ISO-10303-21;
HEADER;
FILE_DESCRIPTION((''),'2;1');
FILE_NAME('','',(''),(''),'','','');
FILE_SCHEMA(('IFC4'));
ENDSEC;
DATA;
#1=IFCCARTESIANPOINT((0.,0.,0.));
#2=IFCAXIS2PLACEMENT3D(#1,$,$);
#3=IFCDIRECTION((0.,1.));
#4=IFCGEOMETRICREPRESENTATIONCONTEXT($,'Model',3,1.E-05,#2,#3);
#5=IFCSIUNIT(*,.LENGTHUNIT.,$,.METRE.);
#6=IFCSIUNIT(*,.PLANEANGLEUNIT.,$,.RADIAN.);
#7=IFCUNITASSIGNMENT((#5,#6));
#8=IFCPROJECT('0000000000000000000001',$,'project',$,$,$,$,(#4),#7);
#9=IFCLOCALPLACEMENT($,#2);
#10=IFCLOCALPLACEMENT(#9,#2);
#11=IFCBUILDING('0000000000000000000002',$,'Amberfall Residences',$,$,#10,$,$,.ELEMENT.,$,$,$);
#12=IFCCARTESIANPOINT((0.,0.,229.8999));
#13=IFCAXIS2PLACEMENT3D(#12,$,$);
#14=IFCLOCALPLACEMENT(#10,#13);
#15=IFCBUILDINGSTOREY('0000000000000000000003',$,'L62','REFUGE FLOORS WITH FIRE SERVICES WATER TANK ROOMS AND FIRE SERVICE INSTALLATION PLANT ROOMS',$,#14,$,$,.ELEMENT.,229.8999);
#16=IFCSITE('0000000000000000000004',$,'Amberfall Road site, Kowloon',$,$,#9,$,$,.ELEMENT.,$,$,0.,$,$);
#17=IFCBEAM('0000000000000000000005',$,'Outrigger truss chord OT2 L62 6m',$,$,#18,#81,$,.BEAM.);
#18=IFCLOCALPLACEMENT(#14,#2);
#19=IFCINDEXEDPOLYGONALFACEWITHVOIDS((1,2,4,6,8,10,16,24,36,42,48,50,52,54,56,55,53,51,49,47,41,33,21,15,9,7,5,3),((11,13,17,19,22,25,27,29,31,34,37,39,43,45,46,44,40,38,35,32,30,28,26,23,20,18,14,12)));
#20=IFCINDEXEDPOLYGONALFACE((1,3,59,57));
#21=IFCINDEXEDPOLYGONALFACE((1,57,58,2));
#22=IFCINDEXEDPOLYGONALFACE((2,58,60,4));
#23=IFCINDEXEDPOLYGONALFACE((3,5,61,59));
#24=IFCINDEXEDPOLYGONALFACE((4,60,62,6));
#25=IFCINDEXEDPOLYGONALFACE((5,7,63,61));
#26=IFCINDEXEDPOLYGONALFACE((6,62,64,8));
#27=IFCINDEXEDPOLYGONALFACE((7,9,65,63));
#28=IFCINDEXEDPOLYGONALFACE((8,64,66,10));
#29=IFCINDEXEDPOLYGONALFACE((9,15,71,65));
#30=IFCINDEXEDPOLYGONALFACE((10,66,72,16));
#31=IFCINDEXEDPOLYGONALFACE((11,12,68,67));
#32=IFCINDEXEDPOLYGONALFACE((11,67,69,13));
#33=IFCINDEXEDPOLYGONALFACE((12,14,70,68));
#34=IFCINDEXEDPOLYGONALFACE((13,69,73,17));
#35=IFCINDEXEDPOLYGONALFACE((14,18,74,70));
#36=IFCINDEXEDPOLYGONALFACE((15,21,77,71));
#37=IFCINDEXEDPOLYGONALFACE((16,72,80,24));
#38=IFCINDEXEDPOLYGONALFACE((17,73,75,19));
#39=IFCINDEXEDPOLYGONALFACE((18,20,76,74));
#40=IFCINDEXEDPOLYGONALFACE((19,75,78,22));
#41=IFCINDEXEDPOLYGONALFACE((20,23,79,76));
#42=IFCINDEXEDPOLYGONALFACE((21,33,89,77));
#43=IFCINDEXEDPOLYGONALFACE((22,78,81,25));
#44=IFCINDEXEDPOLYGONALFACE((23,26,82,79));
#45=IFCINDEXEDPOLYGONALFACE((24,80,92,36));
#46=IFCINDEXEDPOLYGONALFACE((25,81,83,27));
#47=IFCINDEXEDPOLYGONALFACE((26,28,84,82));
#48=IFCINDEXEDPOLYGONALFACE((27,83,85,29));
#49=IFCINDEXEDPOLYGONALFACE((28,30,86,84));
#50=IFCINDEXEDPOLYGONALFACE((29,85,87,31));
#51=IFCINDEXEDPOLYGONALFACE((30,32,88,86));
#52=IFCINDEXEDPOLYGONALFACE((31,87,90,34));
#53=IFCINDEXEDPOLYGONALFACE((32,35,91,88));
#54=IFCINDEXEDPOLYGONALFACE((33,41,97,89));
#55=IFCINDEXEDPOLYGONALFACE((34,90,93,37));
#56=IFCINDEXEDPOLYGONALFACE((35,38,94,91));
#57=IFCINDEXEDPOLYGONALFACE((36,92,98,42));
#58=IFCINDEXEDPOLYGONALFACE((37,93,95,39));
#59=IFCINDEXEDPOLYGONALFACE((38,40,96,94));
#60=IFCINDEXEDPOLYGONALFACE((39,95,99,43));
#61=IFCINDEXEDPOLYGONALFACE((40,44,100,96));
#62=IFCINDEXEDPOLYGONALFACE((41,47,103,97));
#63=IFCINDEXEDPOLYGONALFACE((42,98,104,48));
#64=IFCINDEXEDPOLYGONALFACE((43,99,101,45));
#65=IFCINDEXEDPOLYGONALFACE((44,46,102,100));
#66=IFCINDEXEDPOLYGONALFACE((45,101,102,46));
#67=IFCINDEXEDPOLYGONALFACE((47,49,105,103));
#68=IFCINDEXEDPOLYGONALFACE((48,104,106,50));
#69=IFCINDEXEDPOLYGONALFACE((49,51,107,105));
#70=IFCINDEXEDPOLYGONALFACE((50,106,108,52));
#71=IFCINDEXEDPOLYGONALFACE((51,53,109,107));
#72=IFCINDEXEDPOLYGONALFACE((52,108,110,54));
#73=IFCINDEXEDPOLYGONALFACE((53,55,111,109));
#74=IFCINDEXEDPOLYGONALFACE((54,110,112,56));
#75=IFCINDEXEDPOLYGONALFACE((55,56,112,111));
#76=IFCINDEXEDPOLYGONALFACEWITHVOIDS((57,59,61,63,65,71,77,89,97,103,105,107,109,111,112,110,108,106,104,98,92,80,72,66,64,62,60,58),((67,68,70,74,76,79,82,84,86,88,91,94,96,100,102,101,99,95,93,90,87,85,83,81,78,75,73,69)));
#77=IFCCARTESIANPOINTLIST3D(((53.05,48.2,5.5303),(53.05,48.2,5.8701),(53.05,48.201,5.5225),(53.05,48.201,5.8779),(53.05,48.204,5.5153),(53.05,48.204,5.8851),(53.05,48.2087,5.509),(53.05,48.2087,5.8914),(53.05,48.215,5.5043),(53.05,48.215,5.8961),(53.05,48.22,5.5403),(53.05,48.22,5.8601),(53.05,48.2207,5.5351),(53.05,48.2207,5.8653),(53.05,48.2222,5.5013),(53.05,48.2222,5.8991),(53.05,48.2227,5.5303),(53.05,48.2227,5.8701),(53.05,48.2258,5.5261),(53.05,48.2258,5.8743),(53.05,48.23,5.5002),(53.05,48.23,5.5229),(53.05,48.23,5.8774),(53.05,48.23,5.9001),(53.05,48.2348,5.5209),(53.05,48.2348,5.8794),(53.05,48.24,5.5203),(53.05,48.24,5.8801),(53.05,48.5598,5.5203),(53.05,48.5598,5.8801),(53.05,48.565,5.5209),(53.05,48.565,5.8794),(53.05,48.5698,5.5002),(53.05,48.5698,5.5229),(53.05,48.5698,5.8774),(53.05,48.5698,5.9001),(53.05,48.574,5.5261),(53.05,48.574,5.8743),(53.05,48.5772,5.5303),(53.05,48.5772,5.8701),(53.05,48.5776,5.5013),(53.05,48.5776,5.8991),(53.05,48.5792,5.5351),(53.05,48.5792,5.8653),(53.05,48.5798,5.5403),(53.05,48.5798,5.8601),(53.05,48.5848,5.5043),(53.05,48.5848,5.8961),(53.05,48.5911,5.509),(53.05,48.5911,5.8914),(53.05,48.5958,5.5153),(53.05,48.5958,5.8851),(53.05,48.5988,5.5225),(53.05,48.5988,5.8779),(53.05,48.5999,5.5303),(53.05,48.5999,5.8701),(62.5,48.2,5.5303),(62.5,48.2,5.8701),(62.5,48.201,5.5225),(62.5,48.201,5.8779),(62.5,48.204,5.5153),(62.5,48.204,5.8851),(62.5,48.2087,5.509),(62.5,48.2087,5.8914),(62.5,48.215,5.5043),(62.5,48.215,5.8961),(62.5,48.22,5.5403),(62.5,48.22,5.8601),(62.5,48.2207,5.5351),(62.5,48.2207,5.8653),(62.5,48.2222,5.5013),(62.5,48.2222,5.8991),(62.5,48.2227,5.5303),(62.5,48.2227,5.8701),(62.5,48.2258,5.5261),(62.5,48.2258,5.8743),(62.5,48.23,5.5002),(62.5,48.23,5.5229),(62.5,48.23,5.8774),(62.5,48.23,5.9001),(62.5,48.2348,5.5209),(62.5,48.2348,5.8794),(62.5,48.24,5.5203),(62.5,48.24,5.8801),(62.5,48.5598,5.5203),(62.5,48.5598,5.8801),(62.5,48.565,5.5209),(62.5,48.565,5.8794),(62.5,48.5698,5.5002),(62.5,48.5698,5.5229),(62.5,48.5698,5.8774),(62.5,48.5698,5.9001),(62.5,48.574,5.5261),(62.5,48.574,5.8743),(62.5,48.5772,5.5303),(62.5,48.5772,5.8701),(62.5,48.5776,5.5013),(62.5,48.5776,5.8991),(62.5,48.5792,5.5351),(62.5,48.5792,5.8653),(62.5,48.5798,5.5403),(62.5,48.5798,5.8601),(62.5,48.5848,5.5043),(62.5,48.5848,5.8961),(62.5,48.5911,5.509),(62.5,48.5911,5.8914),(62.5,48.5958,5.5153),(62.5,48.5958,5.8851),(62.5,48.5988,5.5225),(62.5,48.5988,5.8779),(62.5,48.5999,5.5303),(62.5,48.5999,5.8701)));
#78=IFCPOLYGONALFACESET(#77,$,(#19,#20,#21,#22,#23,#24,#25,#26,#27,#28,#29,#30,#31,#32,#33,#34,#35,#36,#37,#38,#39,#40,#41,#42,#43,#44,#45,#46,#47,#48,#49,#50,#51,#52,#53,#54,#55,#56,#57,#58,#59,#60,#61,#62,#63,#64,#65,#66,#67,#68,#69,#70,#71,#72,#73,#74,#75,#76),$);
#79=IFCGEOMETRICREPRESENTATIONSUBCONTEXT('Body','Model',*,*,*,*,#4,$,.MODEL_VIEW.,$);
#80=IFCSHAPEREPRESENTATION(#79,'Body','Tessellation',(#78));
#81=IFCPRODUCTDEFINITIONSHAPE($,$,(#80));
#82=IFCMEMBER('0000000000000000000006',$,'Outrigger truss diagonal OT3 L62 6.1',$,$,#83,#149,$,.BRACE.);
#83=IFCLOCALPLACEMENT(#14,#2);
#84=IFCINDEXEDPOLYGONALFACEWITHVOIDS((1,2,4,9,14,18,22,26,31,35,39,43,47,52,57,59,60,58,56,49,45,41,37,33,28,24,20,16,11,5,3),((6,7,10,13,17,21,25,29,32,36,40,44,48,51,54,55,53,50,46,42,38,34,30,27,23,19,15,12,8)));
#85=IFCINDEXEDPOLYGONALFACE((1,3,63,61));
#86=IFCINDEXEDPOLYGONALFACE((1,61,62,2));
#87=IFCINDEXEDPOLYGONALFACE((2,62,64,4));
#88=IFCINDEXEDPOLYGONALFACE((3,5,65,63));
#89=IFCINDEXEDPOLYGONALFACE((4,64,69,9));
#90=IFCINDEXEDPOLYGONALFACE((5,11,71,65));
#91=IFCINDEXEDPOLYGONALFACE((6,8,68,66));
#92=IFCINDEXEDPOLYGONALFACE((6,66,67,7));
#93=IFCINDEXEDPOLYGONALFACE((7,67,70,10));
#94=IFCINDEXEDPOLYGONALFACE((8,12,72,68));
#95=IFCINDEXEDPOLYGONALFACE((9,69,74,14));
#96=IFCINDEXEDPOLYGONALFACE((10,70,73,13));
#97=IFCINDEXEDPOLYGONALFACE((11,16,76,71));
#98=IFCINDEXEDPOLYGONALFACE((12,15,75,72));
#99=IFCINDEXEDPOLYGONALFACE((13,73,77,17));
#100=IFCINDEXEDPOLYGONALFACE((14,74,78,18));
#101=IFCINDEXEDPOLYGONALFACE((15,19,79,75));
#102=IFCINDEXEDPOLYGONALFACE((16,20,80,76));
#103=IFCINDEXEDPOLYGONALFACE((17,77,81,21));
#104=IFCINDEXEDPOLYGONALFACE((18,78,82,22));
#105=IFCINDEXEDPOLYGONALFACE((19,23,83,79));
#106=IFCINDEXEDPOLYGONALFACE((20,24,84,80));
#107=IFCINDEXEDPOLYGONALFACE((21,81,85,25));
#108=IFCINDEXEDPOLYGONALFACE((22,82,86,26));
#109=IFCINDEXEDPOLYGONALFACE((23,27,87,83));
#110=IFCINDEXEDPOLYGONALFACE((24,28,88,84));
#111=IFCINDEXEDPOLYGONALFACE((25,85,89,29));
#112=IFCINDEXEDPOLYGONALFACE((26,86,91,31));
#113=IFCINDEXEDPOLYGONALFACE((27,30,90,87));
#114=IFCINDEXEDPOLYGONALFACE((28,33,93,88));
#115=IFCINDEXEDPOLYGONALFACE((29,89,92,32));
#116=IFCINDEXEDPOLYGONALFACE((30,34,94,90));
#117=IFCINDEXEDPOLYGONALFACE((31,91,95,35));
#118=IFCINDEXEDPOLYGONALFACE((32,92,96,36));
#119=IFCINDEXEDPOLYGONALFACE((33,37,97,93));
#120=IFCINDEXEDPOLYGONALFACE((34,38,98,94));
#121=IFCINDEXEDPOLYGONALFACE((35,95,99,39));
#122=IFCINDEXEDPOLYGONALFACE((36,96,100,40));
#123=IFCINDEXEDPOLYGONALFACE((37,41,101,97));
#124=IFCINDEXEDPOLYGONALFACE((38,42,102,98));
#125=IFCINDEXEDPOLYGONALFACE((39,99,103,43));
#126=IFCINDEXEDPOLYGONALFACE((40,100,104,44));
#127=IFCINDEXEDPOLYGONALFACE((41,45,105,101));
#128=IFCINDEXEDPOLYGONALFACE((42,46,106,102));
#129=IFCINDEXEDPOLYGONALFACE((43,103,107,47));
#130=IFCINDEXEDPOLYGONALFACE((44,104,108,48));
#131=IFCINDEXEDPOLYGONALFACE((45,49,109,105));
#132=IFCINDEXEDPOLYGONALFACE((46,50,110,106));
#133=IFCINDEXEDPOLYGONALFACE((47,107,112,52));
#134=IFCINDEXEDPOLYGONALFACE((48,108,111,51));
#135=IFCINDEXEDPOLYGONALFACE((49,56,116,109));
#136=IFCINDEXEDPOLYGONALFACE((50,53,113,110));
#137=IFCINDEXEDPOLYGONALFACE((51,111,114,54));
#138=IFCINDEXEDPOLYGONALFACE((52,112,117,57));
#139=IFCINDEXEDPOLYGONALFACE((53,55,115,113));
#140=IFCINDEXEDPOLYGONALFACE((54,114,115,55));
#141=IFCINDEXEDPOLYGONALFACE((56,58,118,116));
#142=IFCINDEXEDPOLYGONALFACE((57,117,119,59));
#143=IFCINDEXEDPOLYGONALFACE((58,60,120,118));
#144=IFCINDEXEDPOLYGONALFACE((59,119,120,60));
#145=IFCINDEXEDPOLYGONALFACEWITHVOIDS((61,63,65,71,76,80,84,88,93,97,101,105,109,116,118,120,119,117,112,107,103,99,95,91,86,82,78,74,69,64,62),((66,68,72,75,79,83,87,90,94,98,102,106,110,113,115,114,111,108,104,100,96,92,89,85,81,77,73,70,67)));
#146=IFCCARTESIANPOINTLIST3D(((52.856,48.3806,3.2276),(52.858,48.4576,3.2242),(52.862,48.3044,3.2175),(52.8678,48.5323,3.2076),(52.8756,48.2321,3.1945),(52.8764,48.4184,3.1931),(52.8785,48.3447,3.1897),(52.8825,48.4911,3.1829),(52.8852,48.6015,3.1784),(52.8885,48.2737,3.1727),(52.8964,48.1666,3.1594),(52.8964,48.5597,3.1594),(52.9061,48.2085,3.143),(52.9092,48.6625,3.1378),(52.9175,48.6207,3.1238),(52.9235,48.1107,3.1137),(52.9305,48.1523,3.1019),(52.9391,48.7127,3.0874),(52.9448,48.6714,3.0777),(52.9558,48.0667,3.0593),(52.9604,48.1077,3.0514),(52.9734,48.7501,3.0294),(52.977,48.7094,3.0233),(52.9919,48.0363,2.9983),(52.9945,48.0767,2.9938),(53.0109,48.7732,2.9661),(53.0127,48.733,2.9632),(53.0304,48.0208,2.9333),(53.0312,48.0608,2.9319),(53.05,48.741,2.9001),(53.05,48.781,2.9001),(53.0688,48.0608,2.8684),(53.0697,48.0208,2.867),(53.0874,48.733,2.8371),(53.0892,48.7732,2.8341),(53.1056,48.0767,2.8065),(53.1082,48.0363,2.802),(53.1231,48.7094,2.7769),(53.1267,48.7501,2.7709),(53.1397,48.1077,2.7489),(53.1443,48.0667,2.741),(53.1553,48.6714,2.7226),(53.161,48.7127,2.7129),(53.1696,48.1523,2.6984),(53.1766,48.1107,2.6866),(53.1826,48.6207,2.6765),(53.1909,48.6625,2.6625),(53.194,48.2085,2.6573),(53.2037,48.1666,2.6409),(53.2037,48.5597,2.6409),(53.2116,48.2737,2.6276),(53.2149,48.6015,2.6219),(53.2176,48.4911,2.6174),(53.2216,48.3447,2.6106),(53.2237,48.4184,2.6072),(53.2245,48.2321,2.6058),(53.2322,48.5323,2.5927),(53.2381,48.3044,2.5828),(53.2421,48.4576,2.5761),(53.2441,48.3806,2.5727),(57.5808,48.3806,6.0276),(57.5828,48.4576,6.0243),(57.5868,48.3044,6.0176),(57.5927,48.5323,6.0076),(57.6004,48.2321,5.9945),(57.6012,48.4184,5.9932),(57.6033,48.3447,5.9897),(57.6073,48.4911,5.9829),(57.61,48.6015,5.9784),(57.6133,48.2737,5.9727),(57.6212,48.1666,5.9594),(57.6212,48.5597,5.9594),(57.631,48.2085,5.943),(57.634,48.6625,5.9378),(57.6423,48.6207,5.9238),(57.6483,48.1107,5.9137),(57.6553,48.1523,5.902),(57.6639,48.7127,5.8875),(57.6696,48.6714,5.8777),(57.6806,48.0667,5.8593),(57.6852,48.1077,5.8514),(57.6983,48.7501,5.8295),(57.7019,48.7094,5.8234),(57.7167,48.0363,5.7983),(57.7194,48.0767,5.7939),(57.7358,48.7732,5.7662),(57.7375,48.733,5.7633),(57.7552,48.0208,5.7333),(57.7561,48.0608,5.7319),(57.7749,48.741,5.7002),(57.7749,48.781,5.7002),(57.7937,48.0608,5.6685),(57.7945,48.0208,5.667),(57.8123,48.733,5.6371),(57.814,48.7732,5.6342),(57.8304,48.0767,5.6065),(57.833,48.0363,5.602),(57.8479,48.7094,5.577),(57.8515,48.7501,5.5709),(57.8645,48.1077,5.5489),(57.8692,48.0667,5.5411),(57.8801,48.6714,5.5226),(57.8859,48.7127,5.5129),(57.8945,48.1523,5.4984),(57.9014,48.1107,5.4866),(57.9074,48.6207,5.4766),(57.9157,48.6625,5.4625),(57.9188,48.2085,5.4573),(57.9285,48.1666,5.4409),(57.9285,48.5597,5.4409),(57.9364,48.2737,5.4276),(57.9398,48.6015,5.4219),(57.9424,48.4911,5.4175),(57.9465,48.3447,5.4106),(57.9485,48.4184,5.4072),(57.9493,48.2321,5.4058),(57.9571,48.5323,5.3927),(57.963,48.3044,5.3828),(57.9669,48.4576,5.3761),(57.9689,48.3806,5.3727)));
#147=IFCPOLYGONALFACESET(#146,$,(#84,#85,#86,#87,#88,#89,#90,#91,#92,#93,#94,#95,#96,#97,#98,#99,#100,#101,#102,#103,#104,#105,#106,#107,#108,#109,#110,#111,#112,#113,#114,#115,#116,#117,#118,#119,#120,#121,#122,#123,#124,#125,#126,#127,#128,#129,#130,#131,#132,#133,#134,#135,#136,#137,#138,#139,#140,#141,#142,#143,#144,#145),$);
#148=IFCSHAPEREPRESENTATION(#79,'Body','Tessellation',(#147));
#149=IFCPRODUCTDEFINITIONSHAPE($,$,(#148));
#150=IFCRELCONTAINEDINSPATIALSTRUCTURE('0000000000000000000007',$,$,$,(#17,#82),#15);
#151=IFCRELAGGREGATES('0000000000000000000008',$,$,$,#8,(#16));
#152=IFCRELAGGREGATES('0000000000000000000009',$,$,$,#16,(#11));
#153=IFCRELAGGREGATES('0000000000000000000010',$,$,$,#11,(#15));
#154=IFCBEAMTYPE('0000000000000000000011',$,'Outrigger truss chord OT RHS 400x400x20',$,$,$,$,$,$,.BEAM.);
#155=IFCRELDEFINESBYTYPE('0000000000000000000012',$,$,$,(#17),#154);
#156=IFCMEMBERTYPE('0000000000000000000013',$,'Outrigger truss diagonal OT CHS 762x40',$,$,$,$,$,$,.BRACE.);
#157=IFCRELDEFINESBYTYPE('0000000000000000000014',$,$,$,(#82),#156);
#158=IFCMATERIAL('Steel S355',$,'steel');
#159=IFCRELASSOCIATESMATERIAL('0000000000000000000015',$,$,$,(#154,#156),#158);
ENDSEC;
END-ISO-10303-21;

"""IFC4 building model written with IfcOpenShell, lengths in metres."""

from ifc_helpers import new_model, si_unit, direction, frame, origin, origin_2d, place, context, subcontext, project, spatial, hollow_rectangle, hollow_circle, extrude, material, material_profile, profile_set, type_object, element, save


model = new_model("IFC4")

# Units and contexts
model_context = context("Model", 3, precision=1e-05, world=origin(), true_north=direction((0.0, 1.0)))
body_context = subcontext(model_context, "Body", "Model", "MODEL_VIEW")
ifc_project = project(units=[si_unit("LENGTHUNIT", "METRE"), si_unit("PLANEANGLEUNIT", "RADIAN")], contexts=[model_context])

# Site, building, storey
site_placement = place(None, origin())
site = spatial("IfcSite", under=ifc_project, at=site_placement, Name="Amberfall Road site, Kowloon", CompositionType="ELEMENT", RefElevation=0.0)
building_placement = place(site_placement, origin())
building = spatial("IfcBuilding", under=site, at=building_placement, Name="Amberfall Residences", CompositionType="ELEMENT")
storey_placement = place(building_placement, frame((0.0, 0.0, 229.8999)))
storey = spatial("IfcBuildingStorey", under=building, at=storey_placement, Name="L62", Description="REFUGE FLOORS WITH FIRE SERVICES WATER TANK ROOMS AND FIRE SERVICE INSTALLATION PLANT ROOMS", CompositionType="ELEMENT", Elevation=229.8999)

# Shared definitions
ifc_material_1 = material(Name="Steel S355", Category="steel")

# Beam
ifc_material_profile_1 = material_profile(ifc_material_1, hollow_rectangle(XDim=0.3999, YDim=0.3999, WallThickness=0.02, InnerFilletRadius=0.02, OuterFilletRadius=0.03, at=origin_2d()), Name="RHS 400x400x20")
ifc_profile_set_1 = profile_set([ifc_material_profile_1], Name="Steel S355")
beam_type_1 = type_object("IfcBeamType", Name="Outrigger truss chord OT RHS 400x400x20", PredefinedType="BEAM", material=ifc_profile_set_1)
beam_1_placement = place(storey_placement, frame((53.05, 48.3999, 5.7002), z_axis=(1.0, 0.0, 0.0), x_axis=(0.0, 1.0, 0.0)))
element("IfcBeam", 1, at=beam_1_placement, inside=storey, type_object=beam_type_1, Name="Outrigger truss chord OT2 L62 6m", PredefinedType="BEAM", context=body_context, shape_type="SweptSolid", body=[
    extrude(hollow_rectangle(XDim=0.3999, YDim=0.3999, WallThickness=0.02, InnerFilletRadius=0.02, OuterFilletRadius=0.03, at=origin_2d()), origin(), (0.0, 0.0, 1.0), 9.45),
])

# Member
ifc_material_profile_2 = material_profile(ifc_material_1, hollow_circle(Radius=0.3811, WallThickness=0.04, at=origin_2d()), Name="CHS 762x40")
ifc_profile_set_2 = profile_set([ifc_material_profile_2], Name="Steel S355")
member_type_1 = type_object("IfcMemberType", Name="Outrigger truss diagonal OT CHS 762x40", PredefinedType="BRACE", material=ifc_profile_set_2)
member_1_placement = place(storey_placement, frame((53.05, 48.3999, 2.9001), z_axis=(0.860281, 0.0, 0.509821), x_axis=(0.0, 1.0, 0.0)))
element("IfcMember", 2, at=member_1_placement, inside=storey, type_object=member_type_1, Name="Outrigger truss diagonal OT3 L62 6.1", PredefinedType="BRACE", context=body_context, shape_type="SweptSolid", body=[
    extrude(hollow_circle(Radius=0.3811, WallThickness=0.04, at=origin_2d()), origin(), (0.0, 0.0, 1.0), 5.4922),
])

save(model, "model.ifc")
